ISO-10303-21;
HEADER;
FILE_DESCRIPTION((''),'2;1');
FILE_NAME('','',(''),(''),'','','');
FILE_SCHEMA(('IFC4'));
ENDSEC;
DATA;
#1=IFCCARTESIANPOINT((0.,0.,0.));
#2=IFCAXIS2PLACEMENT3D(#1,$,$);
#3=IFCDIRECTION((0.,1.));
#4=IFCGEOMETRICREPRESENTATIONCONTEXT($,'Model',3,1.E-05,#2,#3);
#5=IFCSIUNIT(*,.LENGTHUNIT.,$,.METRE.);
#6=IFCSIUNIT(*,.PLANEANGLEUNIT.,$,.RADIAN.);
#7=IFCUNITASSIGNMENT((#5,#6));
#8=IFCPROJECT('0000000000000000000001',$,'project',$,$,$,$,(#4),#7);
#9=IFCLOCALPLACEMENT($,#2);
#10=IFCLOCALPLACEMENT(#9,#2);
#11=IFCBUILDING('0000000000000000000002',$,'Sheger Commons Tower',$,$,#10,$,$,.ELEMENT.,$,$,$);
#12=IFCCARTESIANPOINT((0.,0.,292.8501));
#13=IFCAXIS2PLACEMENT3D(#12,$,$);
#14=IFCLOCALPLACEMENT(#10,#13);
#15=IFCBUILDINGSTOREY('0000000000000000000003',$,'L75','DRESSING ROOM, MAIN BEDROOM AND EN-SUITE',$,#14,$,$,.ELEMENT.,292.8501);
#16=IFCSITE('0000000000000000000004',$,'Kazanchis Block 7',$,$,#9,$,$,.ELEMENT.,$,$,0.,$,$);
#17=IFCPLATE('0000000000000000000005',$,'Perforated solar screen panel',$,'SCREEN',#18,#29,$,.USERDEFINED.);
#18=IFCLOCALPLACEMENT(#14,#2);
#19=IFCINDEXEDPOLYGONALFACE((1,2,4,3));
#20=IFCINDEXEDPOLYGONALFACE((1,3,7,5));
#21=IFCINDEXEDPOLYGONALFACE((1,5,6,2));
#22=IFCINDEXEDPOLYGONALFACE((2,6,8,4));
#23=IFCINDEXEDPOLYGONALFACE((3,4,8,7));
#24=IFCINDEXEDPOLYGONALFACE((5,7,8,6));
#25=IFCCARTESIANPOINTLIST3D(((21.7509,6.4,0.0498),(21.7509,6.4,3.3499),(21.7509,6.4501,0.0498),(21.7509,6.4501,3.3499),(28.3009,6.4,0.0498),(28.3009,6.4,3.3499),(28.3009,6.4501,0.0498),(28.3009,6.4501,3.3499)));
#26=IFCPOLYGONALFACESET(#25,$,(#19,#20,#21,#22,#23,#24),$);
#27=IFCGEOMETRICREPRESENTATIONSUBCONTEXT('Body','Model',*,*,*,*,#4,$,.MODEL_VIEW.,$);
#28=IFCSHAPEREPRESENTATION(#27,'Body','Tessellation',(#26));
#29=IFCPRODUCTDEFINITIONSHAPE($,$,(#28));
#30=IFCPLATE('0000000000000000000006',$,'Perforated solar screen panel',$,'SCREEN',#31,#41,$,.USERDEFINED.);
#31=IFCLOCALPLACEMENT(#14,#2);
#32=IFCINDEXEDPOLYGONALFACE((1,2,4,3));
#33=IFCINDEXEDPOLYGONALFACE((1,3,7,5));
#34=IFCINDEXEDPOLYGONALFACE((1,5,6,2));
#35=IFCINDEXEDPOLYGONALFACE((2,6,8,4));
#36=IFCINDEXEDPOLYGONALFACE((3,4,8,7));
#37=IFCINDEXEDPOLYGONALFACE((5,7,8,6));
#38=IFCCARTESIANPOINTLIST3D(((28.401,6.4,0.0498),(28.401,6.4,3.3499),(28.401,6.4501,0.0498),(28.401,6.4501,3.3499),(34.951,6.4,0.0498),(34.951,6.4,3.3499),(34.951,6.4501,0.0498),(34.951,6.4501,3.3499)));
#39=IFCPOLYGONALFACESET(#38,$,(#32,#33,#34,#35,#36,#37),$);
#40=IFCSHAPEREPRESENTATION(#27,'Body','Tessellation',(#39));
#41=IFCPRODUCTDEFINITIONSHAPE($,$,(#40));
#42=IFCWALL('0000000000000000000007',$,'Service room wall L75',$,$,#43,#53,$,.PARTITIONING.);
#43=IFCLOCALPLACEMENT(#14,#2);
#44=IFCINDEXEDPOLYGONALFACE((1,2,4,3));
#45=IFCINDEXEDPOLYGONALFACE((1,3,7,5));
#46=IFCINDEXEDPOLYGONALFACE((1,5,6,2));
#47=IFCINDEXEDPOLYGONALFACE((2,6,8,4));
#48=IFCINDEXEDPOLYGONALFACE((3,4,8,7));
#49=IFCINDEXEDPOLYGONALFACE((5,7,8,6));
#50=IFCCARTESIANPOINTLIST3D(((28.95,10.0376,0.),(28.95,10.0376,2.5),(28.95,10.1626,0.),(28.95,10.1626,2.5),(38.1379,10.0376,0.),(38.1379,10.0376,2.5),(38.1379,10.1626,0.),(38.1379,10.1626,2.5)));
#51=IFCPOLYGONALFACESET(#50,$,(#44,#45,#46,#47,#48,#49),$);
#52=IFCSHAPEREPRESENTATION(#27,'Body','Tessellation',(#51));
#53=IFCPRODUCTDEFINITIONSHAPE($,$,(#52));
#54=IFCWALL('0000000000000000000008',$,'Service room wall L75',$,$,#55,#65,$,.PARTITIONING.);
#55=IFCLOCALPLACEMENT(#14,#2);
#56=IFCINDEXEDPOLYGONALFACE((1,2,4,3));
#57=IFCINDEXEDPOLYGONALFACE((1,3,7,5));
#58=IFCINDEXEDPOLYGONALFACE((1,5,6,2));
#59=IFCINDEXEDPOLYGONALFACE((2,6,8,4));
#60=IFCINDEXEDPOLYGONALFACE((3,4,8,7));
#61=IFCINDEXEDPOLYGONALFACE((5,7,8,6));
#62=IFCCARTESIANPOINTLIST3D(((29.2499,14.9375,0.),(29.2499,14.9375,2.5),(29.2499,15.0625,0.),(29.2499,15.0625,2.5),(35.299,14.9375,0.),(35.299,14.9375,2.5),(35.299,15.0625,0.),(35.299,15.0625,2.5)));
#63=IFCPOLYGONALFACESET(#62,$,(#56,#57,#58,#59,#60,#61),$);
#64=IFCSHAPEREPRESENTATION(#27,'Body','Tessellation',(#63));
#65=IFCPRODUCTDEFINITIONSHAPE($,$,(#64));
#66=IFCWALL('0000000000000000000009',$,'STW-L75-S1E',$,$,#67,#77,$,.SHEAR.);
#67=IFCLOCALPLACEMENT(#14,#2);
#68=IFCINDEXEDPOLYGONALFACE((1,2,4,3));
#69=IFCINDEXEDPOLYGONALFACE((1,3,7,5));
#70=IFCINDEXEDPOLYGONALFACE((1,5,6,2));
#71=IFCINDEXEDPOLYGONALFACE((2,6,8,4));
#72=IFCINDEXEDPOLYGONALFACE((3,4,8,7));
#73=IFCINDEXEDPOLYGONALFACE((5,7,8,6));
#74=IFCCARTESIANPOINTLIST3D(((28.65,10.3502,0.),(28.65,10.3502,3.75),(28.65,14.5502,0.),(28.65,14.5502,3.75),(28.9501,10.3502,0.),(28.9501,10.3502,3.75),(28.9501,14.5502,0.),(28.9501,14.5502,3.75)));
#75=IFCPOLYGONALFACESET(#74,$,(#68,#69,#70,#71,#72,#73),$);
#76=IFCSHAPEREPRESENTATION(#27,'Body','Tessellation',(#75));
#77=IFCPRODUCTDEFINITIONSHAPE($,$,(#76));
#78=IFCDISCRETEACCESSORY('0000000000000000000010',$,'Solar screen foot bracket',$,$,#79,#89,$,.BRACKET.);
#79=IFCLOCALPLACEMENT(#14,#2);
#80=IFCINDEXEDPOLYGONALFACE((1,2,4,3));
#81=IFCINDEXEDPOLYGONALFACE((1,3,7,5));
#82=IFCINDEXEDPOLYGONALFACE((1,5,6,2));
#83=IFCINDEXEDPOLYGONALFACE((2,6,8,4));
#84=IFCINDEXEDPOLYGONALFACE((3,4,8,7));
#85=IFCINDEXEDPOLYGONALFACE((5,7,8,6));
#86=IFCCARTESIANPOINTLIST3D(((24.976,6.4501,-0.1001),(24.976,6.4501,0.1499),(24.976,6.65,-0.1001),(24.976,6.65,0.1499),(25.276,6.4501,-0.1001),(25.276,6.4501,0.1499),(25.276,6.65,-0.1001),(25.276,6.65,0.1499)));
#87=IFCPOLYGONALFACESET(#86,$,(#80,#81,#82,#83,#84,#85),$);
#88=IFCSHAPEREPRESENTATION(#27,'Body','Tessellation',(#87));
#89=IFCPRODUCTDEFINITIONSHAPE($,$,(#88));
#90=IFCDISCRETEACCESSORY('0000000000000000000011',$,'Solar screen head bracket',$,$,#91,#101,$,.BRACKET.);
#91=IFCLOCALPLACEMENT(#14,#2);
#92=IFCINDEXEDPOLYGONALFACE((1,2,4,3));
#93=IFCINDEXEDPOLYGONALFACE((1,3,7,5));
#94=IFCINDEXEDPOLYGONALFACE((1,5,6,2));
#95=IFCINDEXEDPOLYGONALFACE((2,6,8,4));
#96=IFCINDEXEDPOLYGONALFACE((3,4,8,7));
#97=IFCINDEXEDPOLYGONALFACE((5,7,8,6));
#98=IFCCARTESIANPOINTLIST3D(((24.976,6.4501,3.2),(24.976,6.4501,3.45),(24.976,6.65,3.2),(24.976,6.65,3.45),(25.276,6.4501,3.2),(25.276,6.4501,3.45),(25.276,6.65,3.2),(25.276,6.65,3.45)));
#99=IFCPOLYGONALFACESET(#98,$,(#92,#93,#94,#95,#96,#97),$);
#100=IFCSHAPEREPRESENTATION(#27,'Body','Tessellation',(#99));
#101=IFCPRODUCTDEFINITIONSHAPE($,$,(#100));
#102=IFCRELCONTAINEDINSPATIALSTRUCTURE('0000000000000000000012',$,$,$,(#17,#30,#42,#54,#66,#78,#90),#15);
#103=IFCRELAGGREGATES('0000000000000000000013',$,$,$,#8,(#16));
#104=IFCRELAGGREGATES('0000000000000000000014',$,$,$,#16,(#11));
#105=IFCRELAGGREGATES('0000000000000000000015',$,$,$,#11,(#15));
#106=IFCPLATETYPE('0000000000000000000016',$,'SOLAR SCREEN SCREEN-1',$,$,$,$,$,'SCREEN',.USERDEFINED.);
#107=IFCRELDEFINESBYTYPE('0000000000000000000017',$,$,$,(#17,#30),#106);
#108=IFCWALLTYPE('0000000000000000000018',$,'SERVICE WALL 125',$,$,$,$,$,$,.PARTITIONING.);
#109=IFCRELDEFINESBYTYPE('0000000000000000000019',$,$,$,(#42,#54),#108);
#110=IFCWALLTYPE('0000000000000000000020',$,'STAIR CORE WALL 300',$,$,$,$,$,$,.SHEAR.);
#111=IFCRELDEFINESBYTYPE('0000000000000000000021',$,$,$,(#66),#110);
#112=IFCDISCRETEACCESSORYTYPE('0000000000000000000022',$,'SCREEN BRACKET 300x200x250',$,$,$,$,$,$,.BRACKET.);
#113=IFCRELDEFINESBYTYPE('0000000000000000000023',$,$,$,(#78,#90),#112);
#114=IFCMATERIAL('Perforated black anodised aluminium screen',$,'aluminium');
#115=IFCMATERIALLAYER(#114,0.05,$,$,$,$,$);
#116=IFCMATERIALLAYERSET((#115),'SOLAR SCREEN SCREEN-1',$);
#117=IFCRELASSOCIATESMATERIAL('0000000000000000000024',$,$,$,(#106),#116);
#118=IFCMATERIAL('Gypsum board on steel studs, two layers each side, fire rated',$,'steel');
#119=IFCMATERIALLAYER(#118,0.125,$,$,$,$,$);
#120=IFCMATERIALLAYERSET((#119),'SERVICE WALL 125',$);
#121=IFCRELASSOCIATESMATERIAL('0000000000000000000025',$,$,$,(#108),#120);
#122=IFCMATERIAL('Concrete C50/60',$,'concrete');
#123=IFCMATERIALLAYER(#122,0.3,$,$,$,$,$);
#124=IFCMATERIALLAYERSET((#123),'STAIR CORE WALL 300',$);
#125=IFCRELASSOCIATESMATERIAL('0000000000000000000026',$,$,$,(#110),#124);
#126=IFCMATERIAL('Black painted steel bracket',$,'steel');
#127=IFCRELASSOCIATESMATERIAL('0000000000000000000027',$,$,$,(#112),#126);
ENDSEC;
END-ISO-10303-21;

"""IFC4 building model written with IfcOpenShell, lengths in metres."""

from ifc_helpers import new_model, si_unit, direction, frame, frame_2d, origin, origin_2d, place, context, subcontext, project, spatial, rectangle, extrude, material, layer, layer_set, type_object, element, save


model = new_model("IFC4")

# Units and contexts
model_context = context("Model", 3, precision=1e-05, world=origin(), true_north=direction((0.0, 1.0)))
body_context = subcontext(model_context, "Body", "Model", "MODEL_VIEW")
ifc_project = project(units=[si_unit("LENGTHUNIT", "METRE"), si_unit("PLANEANGLEUNIT", "RADIAN")], contexts=[model_context])

# Site, building, storey
site_placement = place(None, origin())
site = spatial("IfcSite", under=ifc_project, at=site_placement, Name="Kazanchis Block 7", CompositionType="ELEMENT", RefElevation=0.0)
building_placement = place(site_placement, origin())
building = spatial("IfcBuilding", under=site, at=building_placement, Name="Sheger Commons Tower", CompositionType="ELEMENT")
storey_placement = place(building_placement, frame((0.0, 0.0, 292.8501)))
storey = spatial("IfcBuildingStorey", under=building, at=storey_placement, Name="L75", Description="DRESSING ROOM, MAIN BEDROOM AND EN-SUITE", CompositionType="ELEMENT", Elevation=292.8501)

# Plates
ifc_material_1 = material(Name="Perforated black anodised aluminium screen", Category="aluminium")
ifc_layer_1 = layer(ifc_material_1, 0.05)
ifc_layer_set_1 = layer_set([ifc_layer_1], Name="SOLAR SCREEN SCREEN-1")
plate_type_1 = type_object("IfcPlateType", Name="SOLAR SCREEN SCREEN-1", ElementType="SCREEN", PredefinedType="USERDEFINED", material=ifc_layer_set_1)
for number, where, z_axis, x_axis, name in (
    (1, (25.0259, 6.425, 0.0498), (0.0, 0.0, 1.0), (1.0, 0.0, 0.0), "Perforated solar screen panel"),
    (2, (31.676, 6.425, 0.0498), (0.0, 0.0, 1.0), (1.0, 0.0, 0.0), "Perforated solar screen panel"),
):
    element("IfcPlate", number, at=place(storey_placement, frame(where, z_axis=z_axis, x_axis=x_axis)), inside=storey, type_object=plate_type_1, Name=name, ObjectType="SCREEN", PredefinedType="USERDEFINED", context=body_context, shape_type="SweptSolid", body=[
        extrude(rectangle(XDim=6.55, YDim=0.05, at=origin_2d()), origin(), (0.0, 0.0, 1.0), 3.3),
    ])

# Walls
ifc_material_2 = material(Name="Gypsum board on steel studs, two layers each side, fire rated", Category="steel")
ifc_layer_2 = layer(ifc_material_2, 0.125)
ifc_layer_set_2 = layer_set([ifc_layer_2], Name="SERVICE WALL 125")
wall_type_1 = type_object("IfcWallType", Name="SERVICE WALL 125", PredefinedType="PARTITIONING", material=ifc_layer_set_2)
wall_1_placement = place(storey_placement, frame((28.95, 10.1001, 0.0), z_axis=(0.0, 0.0, 1.0), x_axis=(1.0, 0.0, 0.0)))
element("IfcWall", 3, at=wall_1_placement, inside=storey, type_object=wall_type_1, Name="Service room wall L75", PredefinedType="PARTITIONING", context=body_context, shape_type="SweptSolid", body=[
    extrude(rectangle(XDim=9.188, YDim=0.125, at=frame_2d((4.594, 0.0))), origin(), (0.0, 0.0, 1.0), 2.5),
])
wall_2_placement = place(storey_placement, frame((29.25, 15.0, 0.0), z_axis=(0.0, 0.0, 1.0), x_axis=(1.0, 0.0, 0.0)))
element("IfcWall", 4, at=wall_2_placement, inside=storey, type_object=wall_type_1, Name="Service room wall L75", PredefinedType="PARTITIONING", context=body_context, shape_type="SweptSolid", body=[
    extrude(rectangle(XDim=6.0491, YDim=0.125, at=frame_2d((3.0244, 0.0))), origin(), (0.0, 0.0, 1.0), 2.5),
])
ifc_material_3 = material(Name="Concrete C50/60", Category="concrete")
ifc_layer_3 = layer(ifc_material_3, 0.3)
ifc_layer_set_3 = layer_set([ifc_layer_3], Name="STAIR CORE WALL 300")
wall_type_2 = type_object("IfcWallType", Name="STAIR CORE WALL 300", PredefinedType="SHEAR", material=ifc_layer_set_3)
wall_3_placement = place(storey_placement, frame((28.8, 10.3501, 0.0), z_axis=(0.0, 0.0, 1.0), x_axis=(0.0, 1.0, 0.0)))
element("IfcWall", 5, at=wall_3_placement, inside=storey, type_object=wall_type_2, Name="STW-L75-S1E", PredefinedType="SHEAR", context=body_context, shape_type="SweptSolid", body=[
    extrude(rectangle(XDim=4.2, YDim=0.3, at=frame_2d((2.1001, 0.0))), origin(), (0.0, 0.0, 1.0), 3.75),
])

# Discrete accessories
ifc_material_4 = material(Name="Black painted steel bracket", Category="steel")
discrete_accessory_type = type_object("IfcDiscreteAccessoryType", Name="SCREEN BRACKET 300x200x250", PredefinedType="BRACKET", material=ifc_material_4)
for number, where, z_axis, x_axis, name in (
    (6, (25.126, 6.55, -0.1001), (0.0, 0.0, 1.0), (1.0, 0.0, 0.0), "Solar screen foot bracket"),
    (7, (25.126, 6.55, 3.2), (0.0, 0.0, 1.0), (1.0, 0.0, 0.0), "Solar screen head bracket"),
):
    element("IfcDiscreteAccessory", number, at=place(storey_placement, frame(where, z_axis=z_axis, x_axis=x_axis)), inside=storey, type_object=discrete_accessory_type, Name=name, PredefinedType="BRACKET", context=body_context, shape_type="SweptSolid", body=[
        extrude(rectangle(XDim=0.3, YDim=0.2, at=origin_2d()), origin(), (0.0, 0.0, 1.0), 0.25),
    ])

save(model, "model.ifc")
